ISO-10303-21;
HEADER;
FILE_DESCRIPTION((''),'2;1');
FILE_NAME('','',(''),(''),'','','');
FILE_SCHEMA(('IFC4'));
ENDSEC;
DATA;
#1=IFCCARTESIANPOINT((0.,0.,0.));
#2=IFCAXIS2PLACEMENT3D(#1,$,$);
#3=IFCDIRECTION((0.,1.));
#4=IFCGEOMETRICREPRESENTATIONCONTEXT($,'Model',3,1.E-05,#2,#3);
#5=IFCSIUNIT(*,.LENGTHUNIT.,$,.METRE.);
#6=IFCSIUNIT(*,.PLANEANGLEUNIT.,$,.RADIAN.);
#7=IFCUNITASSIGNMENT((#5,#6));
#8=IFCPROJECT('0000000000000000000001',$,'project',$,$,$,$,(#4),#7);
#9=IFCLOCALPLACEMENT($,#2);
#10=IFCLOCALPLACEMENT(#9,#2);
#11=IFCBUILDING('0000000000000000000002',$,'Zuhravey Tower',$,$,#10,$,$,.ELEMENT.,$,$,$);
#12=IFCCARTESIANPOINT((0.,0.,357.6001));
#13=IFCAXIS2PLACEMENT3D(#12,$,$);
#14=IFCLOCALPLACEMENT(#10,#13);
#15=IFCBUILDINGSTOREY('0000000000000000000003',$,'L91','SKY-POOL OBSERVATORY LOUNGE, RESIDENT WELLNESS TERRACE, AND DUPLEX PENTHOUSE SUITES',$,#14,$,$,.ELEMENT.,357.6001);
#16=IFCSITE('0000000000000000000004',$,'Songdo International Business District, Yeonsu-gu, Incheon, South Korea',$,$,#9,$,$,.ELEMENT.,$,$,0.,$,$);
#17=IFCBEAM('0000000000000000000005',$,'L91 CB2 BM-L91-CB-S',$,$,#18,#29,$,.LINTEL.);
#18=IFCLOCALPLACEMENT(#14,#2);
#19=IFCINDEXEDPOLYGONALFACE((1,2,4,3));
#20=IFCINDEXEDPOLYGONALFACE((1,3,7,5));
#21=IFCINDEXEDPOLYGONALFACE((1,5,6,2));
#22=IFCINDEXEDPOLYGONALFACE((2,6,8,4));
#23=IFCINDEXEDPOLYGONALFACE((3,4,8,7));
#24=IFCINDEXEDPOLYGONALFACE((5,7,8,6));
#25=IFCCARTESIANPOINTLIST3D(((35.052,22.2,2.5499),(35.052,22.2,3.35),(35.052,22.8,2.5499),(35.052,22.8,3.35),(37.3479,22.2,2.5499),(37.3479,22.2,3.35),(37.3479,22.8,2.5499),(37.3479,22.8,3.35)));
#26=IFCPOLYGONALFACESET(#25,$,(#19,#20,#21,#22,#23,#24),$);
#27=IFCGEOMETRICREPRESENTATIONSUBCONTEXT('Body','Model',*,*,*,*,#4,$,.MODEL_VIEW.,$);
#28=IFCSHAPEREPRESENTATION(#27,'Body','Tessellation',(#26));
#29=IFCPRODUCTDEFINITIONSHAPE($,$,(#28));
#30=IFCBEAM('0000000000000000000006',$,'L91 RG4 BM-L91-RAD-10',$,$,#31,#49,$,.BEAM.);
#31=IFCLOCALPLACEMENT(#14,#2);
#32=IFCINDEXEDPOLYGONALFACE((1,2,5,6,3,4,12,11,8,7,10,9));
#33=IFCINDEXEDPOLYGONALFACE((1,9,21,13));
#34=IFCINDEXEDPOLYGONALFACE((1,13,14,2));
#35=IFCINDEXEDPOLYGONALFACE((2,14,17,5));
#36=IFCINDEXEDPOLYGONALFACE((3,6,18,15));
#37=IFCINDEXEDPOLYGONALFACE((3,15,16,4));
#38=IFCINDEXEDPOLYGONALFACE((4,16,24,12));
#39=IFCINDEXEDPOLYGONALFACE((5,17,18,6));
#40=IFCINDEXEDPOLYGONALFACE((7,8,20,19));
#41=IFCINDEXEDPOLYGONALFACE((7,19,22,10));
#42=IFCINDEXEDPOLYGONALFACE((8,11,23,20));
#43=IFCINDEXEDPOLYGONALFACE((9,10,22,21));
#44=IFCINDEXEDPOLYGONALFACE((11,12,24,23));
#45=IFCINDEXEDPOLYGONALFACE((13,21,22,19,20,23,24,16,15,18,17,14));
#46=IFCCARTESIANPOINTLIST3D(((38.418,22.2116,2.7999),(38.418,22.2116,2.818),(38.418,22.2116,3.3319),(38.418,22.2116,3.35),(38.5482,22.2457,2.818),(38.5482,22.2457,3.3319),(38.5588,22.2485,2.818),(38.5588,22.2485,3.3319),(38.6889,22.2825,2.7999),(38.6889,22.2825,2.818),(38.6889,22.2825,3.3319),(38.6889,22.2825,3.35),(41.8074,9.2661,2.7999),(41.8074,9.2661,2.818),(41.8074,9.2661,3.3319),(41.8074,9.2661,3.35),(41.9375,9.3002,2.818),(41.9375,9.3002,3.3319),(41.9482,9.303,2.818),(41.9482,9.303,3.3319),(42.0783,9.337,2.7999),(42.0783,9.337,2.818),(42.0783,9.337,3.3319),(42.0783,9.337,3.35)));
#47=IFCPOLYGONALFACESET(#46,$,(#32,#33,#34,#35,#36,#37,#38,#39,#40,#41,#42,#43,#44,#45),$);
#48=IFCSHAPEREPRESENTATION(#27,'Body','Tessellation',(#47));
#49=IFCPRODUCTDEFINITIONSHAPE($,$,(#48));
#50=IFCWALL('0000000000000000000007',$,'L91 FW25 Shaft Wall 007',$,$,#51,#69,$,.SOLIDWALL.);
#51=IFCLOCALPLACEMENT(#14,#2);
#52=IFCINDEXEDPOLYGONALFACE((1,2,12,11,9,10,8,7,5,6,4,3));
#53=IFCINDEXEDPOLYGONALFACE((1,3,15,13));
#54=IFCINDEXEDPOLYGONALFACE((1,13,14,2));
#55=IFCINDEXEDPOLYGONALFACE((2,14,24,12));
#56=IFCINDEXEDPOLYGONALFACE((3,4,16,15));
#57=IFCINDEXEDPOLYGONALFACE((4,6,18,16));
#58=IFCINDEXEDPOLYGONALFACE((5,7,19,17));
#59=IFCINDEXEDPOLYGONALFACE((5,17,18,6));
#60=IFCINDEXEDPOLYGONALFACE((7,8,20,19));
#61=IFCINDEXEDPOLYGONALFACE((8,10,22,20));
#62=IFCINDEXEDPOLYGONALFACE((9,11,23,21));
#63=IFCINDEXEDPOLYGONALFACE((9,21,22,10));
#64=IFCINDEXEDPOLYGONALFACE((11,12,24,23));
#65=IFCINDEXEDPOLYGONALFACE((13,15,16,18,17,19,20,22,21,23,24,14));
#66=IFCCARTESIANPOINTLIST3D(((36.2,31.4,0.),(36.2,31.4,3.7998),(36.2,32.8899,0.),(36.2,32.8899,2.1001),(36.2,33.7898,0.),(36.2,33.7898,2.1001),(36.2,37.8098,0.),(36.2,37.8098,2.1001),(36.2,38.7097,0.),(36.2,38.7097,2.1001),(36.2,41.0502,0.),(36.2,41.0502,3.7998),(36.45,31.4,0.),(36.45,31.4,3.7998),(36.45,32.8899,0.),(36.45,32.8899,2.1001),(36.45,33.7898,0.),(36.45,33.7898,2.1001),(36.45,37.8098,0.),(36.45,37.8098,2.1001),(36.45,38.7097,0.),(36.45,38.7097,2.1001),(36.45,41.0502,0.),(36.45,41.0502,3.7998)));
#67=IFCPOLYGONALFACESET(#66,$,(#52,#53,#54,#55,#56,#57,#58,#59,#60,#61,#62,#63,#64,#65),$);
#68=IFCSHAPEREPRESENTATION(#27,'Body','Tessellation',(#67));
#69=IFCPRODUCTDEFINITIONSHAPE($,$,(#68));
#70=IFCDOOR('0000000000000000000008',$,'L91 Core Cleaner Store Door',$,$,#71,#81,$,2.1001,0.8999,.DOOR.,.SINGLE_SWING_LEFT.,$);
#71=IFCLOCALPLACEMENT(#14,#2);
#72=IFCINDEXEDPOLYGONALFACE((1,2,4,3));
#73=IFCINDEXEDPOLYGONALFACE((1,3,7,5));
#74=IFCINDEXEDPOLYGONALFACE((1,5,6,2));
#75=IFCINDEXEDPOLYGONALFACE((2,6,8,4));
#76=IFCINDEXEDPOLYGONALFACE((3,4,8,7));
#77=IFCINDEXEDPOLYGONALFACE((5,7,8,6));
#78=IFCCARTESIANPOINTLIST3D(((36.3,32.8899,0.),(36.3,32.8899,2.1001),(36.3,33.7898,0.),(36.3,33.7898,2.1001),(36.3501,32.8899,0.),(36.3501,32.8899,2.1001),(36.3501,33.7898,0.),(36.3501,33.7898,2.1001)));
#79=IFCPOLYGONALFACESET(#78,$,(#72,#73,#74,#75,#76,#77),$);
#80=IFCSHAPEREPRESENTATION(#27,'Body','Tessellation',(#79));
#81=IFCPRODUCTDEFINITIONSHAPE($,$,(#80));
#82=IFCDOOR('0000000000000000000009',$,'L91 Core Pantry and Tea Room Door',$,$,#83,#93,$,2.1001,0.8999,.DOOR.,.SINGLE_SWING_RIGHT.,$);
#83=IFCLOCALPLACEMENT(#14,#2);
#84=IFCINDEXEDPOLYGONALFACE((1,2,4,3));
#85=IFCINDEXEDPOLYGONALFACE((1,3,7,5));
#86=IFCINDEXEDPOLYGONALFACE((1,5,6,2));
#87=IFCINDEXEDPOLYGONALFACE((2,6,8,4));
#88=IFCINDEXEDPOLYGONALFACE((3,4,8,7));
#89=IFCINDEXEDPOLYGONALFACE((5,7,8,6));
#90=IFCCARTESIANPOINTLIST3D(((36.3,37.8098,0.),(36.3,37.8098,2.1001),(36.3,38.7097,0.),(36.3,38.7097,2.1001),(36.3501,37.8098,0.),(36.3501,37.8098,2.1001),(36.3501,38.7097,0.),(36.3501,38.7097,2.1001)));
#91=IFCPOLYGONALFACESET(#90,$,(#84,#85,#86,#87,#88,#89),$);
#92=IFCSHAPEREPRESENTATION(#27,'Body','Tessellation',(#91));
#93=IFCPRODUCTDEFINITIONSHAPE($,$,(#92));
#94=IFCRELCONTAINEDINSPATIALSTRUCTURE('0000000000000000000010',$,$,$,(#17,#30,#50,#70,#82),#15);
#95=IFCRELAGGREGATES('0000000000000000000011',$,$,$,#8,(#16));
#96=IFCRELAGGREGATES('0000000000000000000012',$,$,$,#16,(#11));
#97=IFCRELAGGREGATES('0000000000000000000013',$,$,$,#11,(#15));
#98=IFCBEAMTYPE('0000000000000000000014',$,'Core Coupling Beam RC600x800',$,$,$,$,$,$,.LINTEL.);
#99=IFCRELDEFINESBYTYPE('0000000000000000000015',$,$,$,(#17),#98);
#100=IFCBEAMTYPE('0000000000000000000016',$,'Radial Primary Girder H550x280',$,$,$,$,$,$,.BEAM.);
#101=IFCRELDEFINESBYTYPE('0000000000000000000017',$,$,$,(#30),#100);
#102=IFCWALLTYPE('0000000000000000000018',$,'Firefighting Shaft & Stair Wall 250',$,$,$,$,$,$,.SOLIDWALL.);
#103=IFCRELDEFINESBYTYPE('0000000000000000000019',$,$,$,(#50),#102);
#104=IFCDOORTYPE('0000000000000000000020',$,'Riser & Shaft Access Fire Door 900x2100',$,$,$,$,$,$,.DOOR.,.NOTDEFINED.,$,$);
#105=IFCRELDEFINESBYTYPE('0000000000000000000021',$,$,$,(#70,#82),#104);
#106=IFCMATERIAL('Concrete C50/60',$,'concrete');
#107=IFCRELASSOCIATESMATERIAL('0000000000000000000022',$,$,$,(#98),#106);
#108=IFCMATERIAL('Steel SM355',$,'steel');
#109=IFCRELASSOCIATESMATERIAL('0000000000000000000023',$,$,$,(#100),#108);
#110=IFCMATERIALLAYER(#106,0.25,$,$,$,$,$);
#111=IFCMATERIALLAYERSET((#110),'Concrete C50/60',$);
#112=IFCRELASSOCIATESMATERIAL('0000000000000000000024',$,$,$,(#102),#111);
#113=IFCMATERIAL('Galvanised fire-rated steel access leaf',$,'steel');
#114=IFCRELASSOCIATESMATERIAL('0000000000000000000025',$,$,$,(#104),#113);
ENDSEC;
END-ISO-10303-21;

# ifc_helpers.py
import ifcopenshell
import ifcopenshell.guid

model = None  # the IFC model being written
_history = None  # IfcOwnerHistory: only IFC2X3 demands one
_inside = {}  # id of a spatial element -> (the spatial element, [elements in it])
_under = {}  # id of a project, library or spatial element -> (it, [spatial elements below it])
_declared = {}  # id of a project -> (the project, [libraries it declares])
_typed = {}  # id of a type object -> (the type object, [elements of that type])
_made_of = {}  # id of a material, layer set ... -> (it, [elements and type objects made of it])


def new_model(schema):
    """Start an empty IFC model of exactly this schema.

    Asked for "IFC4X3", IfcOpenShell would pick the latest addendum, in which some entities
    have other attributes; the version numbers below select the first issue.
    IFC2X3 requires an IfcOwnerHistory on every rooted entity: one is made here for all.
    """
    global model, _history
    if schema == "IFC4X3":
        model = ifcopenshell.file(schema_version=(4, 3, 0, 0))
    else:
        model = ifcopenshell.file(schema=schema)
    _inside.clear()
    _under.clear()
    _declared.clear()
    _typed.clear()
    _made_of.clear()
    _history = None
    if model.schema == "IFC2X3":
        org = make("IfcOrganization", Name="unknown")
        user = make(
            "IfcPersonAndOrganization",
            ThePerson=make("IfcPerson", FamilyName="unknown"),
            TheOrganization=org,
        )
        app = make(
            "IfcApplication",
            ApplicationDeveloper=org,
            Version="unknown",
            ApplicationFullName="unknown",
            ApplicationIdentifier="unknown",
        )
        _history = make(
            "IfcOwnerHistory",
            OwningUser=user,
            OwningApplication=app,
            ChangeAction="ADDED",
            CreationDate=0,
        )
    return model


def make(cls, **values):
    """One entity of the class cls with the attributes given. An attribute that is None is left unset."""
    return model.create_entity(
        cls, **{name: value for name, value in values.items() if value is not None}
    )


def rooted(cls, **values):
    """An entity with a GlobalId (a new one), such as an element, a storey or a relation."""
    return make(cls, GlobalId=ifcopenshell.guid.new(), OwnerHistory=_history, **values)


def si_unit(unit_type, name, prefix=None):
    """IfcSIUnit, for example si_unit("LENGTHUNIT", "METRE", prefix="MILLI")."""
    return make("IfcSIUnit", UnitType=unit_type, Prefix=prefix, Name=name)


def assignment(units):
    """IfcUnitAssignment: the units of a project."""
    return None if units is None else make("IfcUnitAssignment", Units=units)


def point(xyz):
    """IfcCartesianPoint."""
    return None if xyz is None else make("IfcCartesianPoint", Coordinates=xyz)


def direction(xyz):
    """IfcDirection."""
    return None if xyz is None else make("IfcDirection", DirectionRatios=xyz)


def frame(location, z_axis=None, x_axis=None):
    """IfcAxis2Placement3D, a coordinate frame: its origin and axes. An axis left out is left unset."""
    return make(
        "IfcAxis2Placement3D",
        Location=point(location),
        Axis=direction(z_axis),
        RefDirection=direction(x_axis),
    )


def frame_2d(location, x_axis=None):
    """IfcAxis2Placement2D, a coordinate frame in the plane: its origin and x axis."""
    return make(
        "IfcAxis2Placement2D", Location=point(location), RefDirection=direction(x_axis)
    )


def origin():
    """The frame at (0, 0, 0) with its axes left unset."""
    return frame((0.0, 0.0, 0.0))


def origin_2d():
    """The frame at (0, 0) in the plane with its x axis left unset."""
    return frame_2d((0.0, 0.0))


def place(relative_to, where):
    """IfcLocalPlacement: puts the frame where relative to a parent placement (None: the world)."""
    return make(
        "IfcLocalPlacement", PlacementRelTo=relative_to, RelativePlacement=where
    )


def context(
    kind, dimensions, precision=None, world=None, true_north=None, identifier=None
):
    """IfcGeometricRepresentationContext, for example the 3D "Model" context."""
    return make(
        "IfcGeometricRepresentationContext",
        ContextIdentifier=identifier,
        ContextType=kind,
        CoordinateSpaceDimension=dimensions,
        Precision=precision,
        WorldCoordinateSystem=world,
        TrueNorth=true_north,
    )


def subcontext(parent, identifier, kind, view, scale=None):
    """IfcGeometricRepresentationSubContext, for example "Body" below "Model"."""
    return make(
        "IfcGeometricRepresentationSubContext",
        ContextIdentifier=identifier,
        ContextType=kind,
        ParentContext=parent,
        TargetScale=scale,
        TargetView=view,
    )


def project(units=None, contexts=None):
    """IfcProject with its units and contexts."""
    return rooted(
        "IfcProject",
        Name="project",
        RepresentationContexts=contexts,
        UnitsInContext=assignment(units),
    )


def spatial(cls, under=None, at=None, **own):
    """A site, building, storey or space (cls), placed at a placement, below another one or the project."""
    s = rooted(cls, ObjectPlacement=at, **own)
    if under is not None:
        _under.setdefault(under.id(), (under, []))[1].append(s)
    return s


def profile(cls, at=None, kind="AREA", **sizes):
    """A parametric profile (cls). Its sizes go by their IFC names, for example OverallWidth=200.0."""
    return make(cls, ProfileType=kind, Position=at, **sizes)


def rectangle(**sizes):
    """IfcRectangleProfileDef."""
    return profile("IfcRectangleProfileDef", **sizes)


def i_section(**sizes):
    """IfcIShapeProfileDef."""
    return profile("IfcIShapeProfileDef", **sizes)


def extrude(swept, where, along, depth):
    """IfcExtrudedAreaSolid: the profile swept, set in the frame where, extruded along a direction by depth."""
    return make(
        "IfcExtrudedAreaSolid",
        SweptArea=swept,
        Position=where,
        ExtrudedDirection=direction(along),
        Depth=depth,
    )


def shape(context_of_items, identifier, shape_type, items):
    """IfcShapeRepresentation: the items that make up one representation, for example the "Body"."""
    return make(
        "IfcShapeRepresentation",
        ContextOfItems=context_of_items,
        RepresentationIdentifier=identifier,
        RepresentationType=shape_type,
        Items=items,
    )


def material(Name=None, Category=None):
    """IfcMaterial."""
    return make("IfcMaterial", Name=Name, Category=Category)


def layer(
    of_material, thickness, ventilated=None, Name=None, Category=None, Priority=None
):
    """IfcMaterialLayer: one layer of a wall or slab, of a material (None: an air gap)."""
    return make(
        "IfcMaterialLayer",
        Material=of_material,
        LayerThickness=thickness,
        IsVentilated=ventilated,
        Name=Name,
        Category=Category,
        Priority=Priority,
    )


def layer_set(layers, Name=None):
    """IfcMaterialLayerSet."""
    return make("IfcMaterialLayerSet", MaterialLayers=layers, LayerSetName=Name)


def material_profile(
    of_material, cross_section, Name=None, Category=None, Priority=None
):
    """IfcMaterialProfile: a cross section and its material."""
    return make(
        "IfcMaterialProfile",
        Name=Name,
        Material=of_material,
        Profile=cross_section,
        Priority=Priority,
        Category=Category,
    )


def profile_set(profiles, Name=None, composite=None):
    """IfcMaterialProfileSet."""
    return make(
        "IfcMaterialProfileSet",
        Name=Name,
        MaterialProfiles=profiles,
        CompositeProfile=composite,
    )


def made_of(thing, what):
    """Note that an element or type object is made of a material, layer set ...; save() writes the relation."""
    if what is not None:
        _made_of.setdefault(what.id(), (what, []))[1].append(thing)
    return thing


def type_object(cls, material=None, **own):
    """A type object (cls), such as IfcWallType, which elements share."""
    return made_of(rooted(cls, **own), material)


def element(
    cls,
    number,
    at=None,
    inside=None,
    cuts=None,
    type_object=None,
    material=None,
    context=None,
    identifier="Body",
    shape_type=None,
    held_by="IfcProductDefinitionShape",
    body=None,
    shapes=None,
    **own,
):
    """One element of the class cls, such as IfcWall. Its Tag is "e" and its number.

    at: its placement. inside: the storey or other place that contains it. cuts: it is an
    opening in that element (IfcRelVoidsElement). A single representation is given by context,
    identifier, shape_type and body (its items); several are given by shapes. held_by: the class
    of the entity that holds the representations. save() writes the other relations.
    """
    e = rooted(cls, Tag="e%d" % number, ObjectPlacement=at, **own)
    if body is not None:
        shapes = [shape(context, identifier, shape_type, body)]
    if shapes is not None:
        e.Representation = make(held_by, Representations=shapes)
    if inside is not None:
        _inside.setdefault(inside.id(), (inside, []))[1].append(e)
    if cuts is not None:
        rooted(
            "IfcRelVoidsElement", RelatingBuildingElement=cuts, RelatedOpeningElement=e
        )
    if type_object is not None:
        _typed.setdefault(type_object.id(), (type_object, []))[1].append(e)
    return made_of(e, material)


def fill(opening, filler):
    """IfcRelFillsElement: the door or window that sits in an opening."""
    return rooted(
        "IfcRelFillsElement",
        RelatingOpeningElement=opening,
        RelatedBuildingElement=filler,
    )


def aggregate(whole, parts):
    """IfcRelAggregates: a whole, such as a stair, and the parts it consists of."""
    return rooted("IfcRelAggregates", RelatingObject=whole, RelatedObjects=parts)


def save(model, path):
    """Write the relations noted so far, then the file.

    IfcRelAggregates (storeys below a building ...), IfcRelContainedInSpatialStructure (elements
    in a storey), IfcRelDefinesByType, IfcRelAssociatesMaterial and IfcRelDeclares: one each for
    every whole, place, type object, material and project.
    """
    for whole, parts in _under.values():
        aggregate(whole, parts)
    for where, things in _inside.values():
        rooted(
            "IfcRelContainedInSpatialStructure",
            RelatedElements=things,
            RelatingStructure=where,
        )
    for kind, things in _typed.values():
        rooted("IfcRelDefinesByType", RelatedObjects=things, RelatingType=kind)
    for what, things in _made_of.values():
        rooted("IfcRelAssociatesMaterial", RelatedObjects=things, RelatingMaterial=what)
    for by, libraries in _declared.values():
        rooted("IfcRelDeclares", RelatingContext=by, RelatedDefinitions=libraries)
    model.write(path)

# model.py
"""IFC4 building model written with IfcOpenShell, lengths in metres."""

from ifc_helpers import new_model, si_unit, direction, frame, frame_2d, origin, origin_2d, place, context, subcontext, project, spatial, rectangle, i_section, extrude, material, layer, layer_set, material_profile, profile_set, type_object, element, fill, save


model = new_model("IFC4")

# Units and contexts
model_context = context("Model", 3, precision=1e-05, world=origin(), true_north=direction((0.0, 1.0)))
body_context = subcontext(model_context, "Body", "Model", "MODEL_VIEW")
ifc_project = project(units=[si_unit("LENGTHUNIT", "METRE"), si_unit("PLANEANGLEUNIT", "RADIAN")], contexts=[model_context])

# Site, building, storey
site_placement = place(None, origin())
site = spatial("IfcSite", under=ifc_project, at=site_placement, Name="Songdo International Business District, Yeonsu-gu, Incheon, South Korea", CompositionType="ELEMENT", RefElevation=0.0)
building_placement = place(site_placement, origin())
building = spatial("IfcBuilding", under=site, at=building_placement, Name="Zuhravey Tower", CompositionType="ELEMENT")
storey_placement = place(building_placement, frame((0.0, 0.0, 357.6001)))
storey = spatial("IfcBuildingStorey", under=building, at=storey_placement, Name="L91", Description="SKY-POOL OBSERVATORY LOUNGE, RESIDENT WELLNESS TERRACE, AND DUPLEX PENTHOUSE SUITES", CompositionType="ELEMENT", Elevation=357.6001)

# Beams
ifc_material_1 = material(Name="Concrete C50/60", Category="concrete")
ifc_material_profile_1 = material_profile(ifc_material_1, rectangle(XDim=0.6001, YDim=0.8, at=origin_2d()), Name="RC-600x800")
ifc_profile_set_1 = profile_set([ifc_material_profile_1], Name="Concrete C50/60")
beam_type_1 = type_object("IfcBeamType", Name="Core Coupling Beam RC600x800", PredefinedType="LINTEL", material=ifc_profile_set_1)
beam_1_placement = place(storey_placement, frame((35.052, 22.5, 2.95), z_axis=(1.0, 0.0, 0.0), x_axis=(0.0, 1.0, 0.0)))
element("IfcBeam", 1, at=beam_1_placement, inside=storey, type_object=beam_type_1, Name="L91 CB2 BM-L91-CB-S", PredefinedType="LINTEL", context=body_context, shape_type="SweptSolid", body=[
    extrude(rectangle(XDim=0.6001, YDim=0.8, at=origin_2d()), origin(), (0.0, 0.0, 1.0), 2.2959),
])
ifc_material_2 = material(Name="Steel SM355", Category="steel")
ifc_material_profile_2 = material_profile(ifc_material_2, i_section(OverallWidth=0.28, OverallDepth=0.55, WebThickness=0.011, FlangeThickness=0.0181, at=origin_2d()), Name="H-550x280x11x18")
ifc_profile_set_2 = profile_set([ifc_material_profile_2], Name="Steel SM355")
beam_type_2 = type_object("IfcBeamType", Name="Radial Primary Girder H550x280", PredefinedType="BEAM", material=ifc_profile_set_2)
beam_2_placement = place(storey_placement, frame((38.5535, 22.2471, 3.075), z_axis=(0.253283, -0.967392, 0.0), x_axis=(0.967392, 0.253283, 0.0)))
element("IfcBeam", 2, at=beam_2_placement, inside=storey, type_object=beam_type_2, Name="L91 RG4 BM-L91-RAD-10", PredefinedType="BEAM", context=body_context, shape_type="SweptSolid", body=[
    extrude(i_section(OverallWidth=0.28, OverallDepth=0.55, WebThickness=0.011, FlangeThickness=0.0181, at=origin_2d()), origin(), (0.0, 0.0, 1.0), 13.3818),
])

# Shared definitions
ifc_layer_1 = layer(ifc_material_1, 0.25)
ifc_layer_set_1 = layer_set([ifc_layer_1], Name="Concrete C50/60")
wall_type_1 = type_object("IfcWallType", Name="Firefighting Shaft & Stair Wall 250", PredefinedType="SOLIDWALL", material=ifc_layer_set_1)

# Wall, openings, doors
wall_1_placement = place(storey_placement, frame((36.325, 31.3999, 0.0), z_axis=(0.0, 0.0, 1.0), x_axis=(0.0, 1.0, 0.0)))
wall_1 = element("IfcWall", 3, at=wall_1_placement, inside=storey, type_object=wall_type_1, Name="L91 FW25 Shaft Wall 007", PredefinedType="SOLIDWALL", context=body_context, shape_type="SweptSolid", body=[
    extrude(rectangle(XDim=9.6501, YDim=0.25, at=frame_2d((4.8252, 0.0))), origin(), (0.0, 0.0, 1.0), 3.7998),
])
opening_1_placement = place(wall_1_placement, frame((1.49, 0.0, 0.0)))
opening_1 = element("IfcOpeningElement", 4, at=opening_1_placement, cuts=wall_1, PredefinedType="OPENING", context=body_context, shape_type="SweptSolid", body=[
    extrude(rectangle(XDim=0.8999, YDim=2.1001, at=frame_2d((0.45, 1.05))), frame((0.0, 0.137, 0.0), z_axis=(0.0, -1.0, 0.0), x_axis=(1.0, 0.0, 0.0)), (0.0, 0.0, 1.0), 0.2739),
])
opening_2_placement = place(wall_1_placement, frame((6.4099, 0.0, 0.0)))
opening_2 = element("IfcOpeningElement", 5, at=opening_2_placement, cuts=wall_1, PredefinedType="OPENING", context=body_context, shape_type="SweptSolid", body=[
    extrude(rectangle(XDim=0.8999, YDim=2.1001, at=frame_2d((0.45, 1.05))), frame((0.0, 0.137, 0.0), z_axis=(0.0, -1.0, 0.0), x_axis=(1.0, 0.0, 0.0)), (0.0, 0.0, 1.0), 0.2739),
])
ifc_material_3 = material(Name="Galvanised fire-rated steel access leaf", Category="steel")
door_type_1 = type_object("IfcDoorType", Name="Riser & Shaft Access Fire Door 900x2100", OperationType="NOTDEFINED", PredefinedType="DOOR", material=ifc_material_3)
door_1_placement = place(opening_1_placement, origin())
door_1 = element("IfcDoor", 6, at=door_1_placement, inside=storey, type_object=door_type_1, Name="L91 Core Cleaner Store Door", OperationType="SINGLE_SWING_LEFT", OverallHeight=2.1001, OverallWidth=0.8999, PredefinedType="DOOR", context=body_context, shape_type="SweptSolid", body=[
    extrude(rectangle(XDim=0.8999, YDim=2.1001, at=frame_2d((0.45, 1.05))), frame((0.0, 0.0249, 0.0), z_axis=(0.0, -1.0, 0.0), x_axis=(1.0, 0.0, 0.0)), (0.0, 0.0, 1.0), 0.05),
])
fill(opening_1, door_1)
door_2_placement = place(opening_2_placement, origin())
door_2 = element("IfcDoor", 7, at=door_2_placement, inside=storey, type_object=door_type_1, Name="L91 Core Pantry and Tea Room Door", OperationType="SINGLE_SWING_RIGHT", OverallHeight=2.1001, OverallWidth=0.8999, PredefinedType="DOOR", context=body_context, shape_type="SweptSolid", body=[
    extrude(rectangle(XDim=0.8999, YDim=2.1001, at=frame_2d((0.45, 1.05))), frame((0.0, 0.0249, 0.0), z_axis=(0.0, -1.0, 0.0), x_axis=(1.0, 0.0, 0.0)), (0.0, 0.0, 1.0), 0.05),
])
fill(opening_2, door_2)

save(model, "model.ifc")
